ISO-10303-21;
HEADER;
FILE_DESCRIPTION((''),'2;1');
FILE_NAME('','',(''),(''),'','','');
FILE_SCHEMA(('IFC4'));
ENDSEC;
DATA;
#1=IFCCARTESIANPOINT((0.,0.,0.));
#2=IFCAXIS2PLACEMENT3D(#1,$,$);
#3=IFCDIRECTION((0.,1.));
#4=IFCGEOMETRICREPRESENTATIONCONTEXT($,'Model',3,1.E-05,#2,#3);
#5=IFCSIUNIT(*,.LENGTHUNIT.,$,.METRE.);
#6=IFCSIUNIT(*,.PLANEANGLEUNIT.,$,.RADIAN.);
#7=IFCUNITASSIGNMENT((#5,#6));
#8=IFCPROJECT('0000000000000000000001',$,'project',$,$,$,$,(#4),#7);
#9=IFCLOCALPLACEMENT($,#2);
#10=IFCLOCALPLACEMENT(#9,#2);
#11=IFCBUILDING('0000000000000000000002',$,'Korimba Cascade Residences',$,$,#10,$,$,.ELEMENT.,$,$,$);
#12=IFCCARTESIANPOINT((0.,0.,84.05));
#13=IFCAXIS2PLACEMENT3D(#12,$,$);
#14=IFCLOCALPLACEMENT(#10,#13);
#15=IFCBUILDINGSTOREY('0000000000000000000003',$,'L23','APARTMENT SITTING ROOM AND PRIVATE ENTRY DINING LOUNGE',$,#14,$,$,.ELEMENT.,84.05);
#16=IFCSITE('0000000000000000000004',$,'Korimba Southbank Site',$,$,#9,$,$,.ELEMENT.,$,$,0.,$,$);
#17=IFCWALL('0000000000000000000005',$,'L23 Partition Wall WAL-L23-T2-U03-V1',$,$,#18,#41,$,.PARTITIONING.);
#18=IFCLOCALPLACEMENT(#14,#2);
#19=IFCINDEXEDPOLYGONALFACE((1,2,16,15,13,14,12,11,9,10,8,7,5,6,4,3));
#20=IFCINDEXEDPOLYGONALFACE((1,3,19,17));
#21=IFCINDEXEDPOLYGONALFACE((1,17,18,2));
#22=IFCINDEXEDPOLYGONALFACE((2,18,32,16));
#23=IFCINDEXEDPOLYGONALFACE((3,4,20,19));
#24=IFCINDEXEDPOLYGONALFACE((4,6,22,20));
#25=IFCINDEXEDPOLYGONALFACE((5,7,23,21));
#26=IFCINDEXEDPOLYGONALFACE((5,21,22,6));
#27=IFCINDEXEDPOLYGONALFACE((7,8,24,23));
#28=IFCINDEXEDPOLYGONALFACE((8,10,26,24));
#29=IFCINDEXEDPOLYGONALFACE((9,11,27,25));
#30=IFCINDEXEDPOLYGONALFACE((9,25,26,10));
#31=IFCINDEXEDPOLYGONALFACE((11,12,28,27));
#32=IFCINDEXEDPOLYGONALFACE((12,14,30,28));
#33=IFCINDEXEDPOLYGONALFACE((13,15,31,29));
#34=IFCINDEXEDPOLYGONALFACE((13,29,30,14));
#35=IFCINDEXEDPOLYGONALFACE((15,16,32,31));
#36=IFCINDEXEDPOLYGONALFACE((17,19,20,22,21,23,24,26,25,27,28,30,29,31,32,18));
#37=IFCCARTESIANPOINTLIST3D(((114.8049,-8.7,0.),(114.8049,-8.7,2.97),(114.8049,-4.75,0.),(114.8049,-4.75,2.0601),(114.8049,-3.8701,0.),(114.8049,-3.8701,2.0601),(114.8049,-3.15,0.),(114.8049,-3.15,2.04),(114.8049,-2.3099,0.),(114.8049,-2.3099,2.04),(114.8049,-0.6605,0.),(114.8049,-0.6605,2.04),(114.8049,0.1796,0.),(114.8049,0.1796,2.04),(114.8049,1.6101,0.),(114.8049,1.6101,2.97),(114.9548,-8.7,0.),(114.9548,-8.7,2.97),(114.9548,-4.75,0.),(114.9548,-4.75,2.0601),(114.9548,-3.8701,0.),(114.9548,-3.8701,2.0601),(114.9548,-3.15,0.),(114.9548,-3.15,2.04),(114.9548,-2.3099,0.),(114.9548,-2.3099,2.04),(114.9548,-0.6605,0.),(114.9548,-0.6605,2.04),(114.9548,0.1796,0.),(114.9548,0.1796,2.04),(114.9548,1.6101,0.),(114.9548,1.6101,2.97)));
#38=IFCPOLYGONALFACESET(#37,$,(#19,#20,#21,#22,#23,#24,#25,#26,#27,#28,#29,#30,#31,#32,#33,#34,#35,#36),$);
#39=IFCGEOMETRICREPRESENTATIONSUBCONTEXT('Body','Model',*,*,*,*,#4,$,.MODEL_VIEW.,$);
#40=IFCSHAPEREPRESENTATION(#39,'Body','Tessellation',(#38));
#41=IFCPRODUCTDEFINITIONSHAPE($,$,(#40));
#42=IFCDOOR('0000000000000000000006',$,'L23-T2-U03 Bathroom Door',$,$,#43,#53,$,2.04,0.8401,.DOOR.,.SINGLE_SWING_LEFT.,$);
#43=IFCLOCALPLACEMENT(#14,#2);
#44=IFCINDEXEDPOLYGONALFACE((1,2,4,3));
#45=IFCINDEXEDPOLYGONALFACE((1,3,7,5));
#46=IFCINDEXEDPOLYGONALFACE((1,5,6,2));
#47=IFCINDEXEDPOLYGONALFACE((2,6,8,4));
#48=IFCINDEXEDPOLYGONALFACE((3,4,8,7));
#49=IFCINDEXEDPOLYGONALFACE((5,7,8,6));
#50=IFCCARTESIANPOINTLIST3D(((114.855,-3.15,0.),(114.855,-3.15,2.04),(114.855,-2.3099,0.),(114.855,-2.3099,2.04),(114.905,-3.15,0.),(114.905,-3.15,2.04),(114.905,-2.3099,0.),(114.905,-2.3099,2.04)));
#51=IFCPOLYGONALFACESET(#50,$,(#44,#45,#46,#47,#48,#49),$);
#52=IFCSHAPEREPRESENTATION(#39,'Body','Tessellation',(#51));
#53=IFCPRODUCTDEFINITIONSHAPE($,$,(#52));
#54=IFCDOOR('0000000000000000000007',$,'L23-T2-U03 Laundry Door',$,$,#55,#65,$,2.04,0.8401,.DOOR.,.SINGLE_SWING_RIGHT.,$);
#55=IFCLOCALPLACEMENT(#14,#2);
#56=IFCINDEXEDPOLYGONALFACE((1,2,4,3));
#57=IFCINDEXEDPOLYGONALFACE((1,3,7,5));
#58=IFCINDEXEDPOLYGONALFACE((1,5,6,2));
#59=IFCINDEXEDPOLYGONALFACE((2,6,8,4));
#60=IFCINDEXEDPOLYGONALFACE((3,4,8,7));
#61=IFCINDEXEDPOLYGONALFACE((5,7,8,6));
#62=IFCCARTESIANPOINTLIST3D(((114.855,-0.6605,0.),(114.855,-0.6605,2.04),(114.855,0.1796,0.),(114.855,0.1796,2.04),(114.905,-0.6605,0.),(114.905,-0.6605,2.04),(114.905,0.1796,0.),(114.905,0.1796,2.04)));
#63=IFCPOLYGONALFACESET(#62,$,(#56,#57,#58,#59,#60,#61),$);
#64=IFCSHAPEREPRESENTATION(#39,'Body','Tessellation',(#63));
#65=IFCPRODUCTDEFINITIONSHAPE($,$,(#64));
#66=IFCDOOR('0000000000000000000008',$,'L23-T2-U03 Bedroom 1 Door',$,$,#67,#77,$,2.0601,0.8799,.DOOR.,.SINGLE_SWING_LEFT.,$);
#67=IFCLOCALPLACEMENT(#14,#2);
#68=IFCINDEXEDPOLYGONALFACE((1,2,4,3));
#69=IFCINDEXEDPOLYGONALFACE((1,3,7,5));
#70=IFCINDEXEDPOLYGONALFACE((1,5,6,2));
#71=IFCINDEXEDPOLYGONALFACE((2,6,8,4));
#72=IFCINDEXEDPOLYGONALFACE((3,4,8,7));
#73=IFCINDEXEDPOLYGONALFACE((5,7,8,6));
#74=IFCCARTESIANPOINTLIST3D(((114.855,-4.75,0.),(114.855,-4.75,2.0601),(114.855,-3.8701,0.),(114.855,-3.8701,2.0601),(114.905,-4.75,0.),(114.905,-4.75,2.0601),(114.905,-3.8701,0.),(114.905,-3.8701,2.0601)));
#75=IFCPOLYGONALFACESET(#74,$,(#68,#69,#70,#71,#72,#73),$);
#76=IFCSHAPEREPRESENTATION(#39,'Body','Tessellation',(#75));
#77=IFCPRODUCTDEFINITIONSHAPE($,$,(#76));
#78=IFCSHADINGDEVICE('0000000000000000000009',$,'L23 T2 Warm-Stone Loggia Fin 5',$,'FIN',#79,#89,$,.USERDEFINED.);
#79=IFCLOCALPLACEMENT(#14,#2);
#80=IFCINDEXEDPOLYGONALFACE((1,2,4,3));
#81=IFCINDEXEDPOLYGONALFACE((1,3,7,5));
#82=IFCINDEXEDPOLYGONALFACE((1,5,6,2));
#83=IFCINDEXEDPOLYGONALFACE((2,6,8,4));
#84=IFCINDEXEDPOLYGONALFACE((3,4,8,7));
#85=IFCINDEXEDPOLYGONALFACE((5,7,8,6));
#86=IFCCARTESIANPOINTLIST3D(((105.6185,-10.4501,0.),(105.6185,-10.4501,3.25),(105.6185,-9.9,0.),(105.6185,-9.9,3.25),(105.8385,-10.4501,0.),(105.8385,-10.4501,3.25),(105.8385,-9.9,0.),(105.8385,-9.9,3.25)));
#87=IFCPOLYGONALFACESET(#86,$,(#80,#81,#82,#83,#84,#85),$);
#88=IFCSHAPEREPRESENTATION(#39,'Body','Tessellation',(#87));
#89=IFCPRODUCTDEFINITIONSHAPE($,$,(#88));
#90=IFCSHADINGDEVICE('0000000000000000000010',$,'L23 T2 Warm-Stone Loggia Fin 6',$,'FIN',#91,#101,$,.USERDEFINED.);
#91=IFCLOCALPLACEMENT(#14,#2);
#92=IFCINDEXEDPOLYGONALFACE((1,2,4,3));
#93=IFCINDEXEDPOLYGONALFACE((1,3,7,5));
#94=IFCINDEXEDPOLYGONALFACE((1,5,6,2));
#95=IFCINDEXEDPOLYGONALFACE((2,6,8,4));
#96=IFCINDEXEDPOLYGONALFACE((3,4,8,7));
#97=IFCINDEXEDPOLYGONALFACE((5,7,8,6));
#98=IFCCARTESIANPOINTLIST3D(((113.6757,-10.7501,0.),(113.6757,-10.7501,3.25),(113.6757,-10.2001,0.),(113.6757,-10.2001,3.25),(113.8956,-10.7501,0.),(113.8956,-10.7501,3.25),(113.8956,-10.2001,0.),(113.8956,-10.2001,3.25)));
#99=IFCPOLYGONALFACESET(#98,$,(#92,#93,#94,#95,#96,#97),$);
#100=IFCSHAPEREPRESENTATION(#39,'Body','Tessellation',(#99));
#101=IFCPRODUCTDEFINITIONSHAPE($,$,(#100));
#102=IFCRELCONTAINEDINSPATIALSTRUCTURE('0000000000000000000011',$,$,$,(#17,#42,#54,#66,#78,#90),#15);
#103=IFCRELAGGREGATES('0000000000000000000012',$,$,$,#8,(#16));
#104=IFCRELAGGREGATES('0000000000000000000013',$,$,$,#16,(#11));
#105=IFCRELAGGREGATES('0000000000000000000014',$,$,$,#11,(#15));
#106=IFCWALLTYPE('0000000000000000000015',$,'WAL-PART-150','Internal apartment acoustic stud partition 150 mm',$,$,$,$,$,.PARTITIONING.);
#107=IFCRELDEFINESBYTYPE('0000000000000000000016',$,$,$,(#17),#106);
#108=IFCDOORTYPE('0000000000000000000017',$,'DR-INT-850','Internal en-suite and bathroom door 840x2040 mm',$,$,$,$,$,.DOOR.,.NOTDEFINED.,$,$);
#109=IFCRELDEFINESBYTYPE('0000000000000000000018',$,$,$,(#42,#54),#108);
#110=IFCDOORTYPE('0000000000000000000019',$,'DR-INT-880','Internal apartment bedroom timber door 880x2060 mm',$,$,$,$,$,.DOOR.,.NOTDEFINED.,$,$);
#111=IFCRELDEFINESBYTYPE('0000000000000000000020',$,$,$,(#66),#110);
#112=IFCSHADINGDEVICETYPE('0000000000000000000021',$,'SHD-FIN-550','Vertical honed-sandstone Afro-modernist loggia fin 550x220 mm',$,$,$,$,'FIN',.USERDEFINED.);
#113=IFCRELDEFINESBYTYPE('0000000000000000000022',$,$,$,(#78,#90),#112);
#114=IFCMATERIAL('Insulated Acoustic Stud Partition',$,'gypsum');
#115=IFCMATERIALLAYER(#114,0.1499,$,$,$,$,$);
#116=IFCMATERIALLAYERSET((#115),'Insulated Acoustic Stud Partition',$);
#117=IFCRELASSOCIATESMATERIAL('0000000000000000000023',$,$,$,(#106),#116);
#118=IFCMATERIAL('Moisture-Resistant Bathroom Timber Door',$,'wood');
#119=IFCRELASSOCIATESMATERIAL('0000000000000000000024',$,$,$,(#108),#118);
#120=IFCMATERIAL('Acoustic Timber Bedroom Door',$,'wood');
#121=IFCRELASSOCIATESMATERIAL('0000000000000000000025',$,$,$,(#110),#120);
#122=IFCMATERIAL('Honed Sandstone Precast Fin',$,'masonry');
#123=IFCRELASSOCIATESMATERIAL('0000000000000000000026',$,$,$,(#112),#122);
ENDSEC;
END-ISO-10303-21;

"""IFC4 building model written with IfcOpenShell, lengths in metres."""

from ifc_helpers import new_model, si_unit, direction, frame, frame_2d, origin, origin_2d, place, context, subcontext, project, spatial, rectangle, extrude, material, layer, layer_set, type_object, element, fill, save


model = new_model("IFC4")

# Units and contexts
model_context = context("Model", 3, precision=1e-05, world=origin(), true_north=direction((0.0, 1.0)))
body_context = subcontext(model_context, "Body", "Model", "MODEL_VIEW")
ifc_project = project(units=[si_unit("LENGTHUNIT", "METRE"), si_unit("PLANEANGLEUNIT", "RADIAN")], contexts=[model_context])

# Site, building, storey
site_placement = place(None, origin())
site = spatial("IfcSite", under=ifc_project, at=site_placement, Name="Korimba Southbank Site", CompositionType="ELEMENT", RefElevation=0.0)
building_placement = place(site_placement, origin())
building = spatial("IfcBuilding", under=site, at=building_placement, Name="Korimba Cascade Residences", CompositionType="ELEMENT")
storey_placement = place(building_placement, frame((0.0, 0.0, 84.05)))
storey = spatial("IfcBuildingStorey", under=building, at=storey_placement, Name="L23", Description="APARTMENT SITTING ROOM AND PRIVATE ENTRY DINING LOUNGE", CompositionType="ELEMENT", Elevation=84.05)

# Shared definitions
ifc_material_1 = material(Name="Insulated Acoustic Stud Partition", Category="gypsum")
ifc_layer = layer(ifc_material_1, 0.1499)
ifc_layer_set = layer_set([ifc_layer], Name="Insulated Acoustic Stud Partition")
wall_type = type_object("IfcWallType", Name="WAL-PART-150", Description="Internal apartment acoustic stud partition 150 mm", PredefinedType="PARTITIONING", material=ifc_layer_set)
ifc_material_2 = material(Name="Moisture-Resistant Bathroom Timber Door", Category="wood")
door_type_1 = type_object("IfcDoorType", Name="DR-INT-850", Description="Internal en-suite and bathroom door 840x2040 mm", OperationType="NOTDEFINED", PredefinedType="DOOR", material=ifc_material_2)
ifc_material_3 = material(Name="Acoustic Timber Bedroom Door", Category="wood")
door_type_2 = type_object("IfcDoorType", Name="DR-INT-880", Description="Internal apartment bedroom timber door 880x2060 mm", OperationType="NOTDEFINED", PredefinedType="DOOR", material=ifc_material_3)

# Wall, openings, doors
wall_1_placement = place(storey_placement, frame((114.8799, -8.7, 0.0), z_axis=(0.0, 0.0, 1.0), x_axis=(0.0, 1.0, 0.0)))
wall_1 = element("IfcWall", 1, at=wall_1_placement, inside=storey, type_object=wall_type, Name="L23 Partition Wall WAL-L23-T2-U03-V1", PredefinedType="PARTITIONING", context=body_context, shape_type="SweptSolid", body=[
    extrude(rectangle(XDim=10.3101, YDim=0.1499, at=frame_2d((5.155, 0.0))), origin(), (0.0, 0.0, 1.0), 2.97),
])
opening_1_placement = place(wall_1_placement, frame((5.55, 0.0, 0.0)))
opening_1 = element("IfcOpeningElement", 2, at=opening_1_placement, cuts=wall_1, PredefinedType="OPENING", context=body_context, shape_type="SweptSolid", body=[
    extrude(rectangle(XDim=0.8401, YDim=2.04, at=frame_2d((0.4199, 1.02))), frame((0.0, 0.085, 0.0), z_axis=(0.0, -1.0, 0.0), x_axis=(1.0, 0.0, 0.0)), (0.0, 0.0, 1.0), 0.1699),
])
opening_2_placement = place(wall_1_placement, frame((8.0396, 0.0, 0.0)))
opening_2 = element("IfcOpeningElement", 3, at=opening_2_placement, cuts=wall_1, PredefinedType="OPENING", context=body_context, shape_type="SweptSolid", body=[
    extrude(rectangle(XDim=0.8401, YDim=2.04, at=frame_2d((0.4199, 1.02))), frame((0.0, 0.085, 0.0), z_axis=(0.0, -1.0, 0.0), x_axis=(1.0, 0.0, 0.0)), (0.0, 0.0, 1.0), 0.1699),
])
opening_3_placement = place(wall_1_placement, frame((3.95, 0.0, 0.0)))
opening_3 = element("IfcOpeningElement", 4, at=opening_3_placement, cuts=wall_1, PredefinedType="OPENING", context=body_context, shape_type="SweptSolid", body=[
    extrude(rectangle(XDim=0.8799, YDim=2.0601, at=frame_2d((0.4399, 1.03))), frame((0.0, 0.085, 0.0), z_axis=(0.0, -1.0, 0.0), x_axis=(1.0, 0.0, 0.0)), (0.0, 0.0, 1.0), 0.1699),
])
door_1_placement = place(opening_1_placement, origin())
door_1 = element("IfcDoor", 5, at=door_1_placement, inside=storey, type_object=door_type_1, Name="L23-T2-U03 Bathroom Door", OperationType="SINGLE_SWING_LEFT", OverallHeight=2.04, OverallWidth=0.8401, PredefinedType="DOOR", context=body_context, shape_type="SweptSolid", body=[
    extrude(rectangle(XDim=0.8401, YDim=2.04, at=frame_2d((0.4199, 1.02))), frame((0.0, 0.0249, 0.0), z_axis=(0.0, -1.0, 0.0), x_axis=(1.0, 0.0, 0.0)), (0.0, 0.0, 1.0), 0.05),
])
fill(opening_1, door_1)
door_2_placement = place(opening_2_placement, origin())
door_2 = element("IfcDoor", 6, at=door_2_placement, inside=storey, type_object=door_type_1, Name="L23-T2-U03 Laundry Door", OperationType="SINGLE_SWING_RIGHT", OverallHeight=2.04, OverallWidth=0.8401, PredefinedType="DOOR", context=body_context, shape_type="SweptSolid", body=[
    extrude(rectangle(XDim=0.8401, YDim=2.04, at=frame_2d((0.4199, 1.02))), frame((0.0, 0.0249, 0.0), z_axis=(0.0, -1.0, 0.0), x_axis=(1.0, 0.0, 0.0)), (0.0, 0.0, 1.0), 0.05),
])
fill(opening_2, door_2)
door_3_placement = place(opening_3_placement, origin())
door_3 = element("IfcDoor", 7, at=door_3_placement, inside=storey, type_object=door_type_2, Name="L23-T2-U03 Bedroom 1 Door", OperationType="SINGLE_SWING_LEFT", OverallHeight=2.0601, OverallWidth=0.8799, PredefinedType="DOOR", context=body_context, shape_type="SweptSolid", body=[
    extrude(rectangle(XDim=0.8799, YDim=2.0601, at=frame_2d((0.4399, 1.03))), frame((0.0, 0.0249, 0.0), z_axis=(0.0, -1.0, 0.0), x_axis=(1.0, 0.0, 0.0)), (0.0, 0.0, 1.0), 0.05),
])
fill(opening_3, door_3)

# Shading devices
ifc_material_4 = material(Name="Honed Sandstone Precast Fin", Category="masonry")
shading_device_type = type_object("IfcShadingDeviceType", Name="SHD-FIN-550", Description="Vertical honed-sandstone Afro-modernist loggia fin 550x220 mm", ElementType="FIN", PredefinedType="USERDEFINED", material=ifc_material_4)
for number, where, z_axis, x_axis, name in (
    (8, (105.7285, -10.175, 0.0), (0.0, 0.0, 1.0), (1.0, 0.0, 0.0), "L23 T2 Warm-Stone Loggia Fin 5"),
    (9, (113.7856, -10.4751, 0.0), (0.0, 0.0, 1.0), (1.0, 0.0, 0.0), "L23 T2 Warm-Stone Loggia Fin 6"),
):
    element("IfcShadingDevice", number, at=place(storey_placement, frame(where, z_axis=z_axis, x_axis=x_axis)), inside=storey, type_object=shading_device_type, Name=name, ObjectType="FIN", PredefinedType="USERDEFINED", context=body_context, shape_type="SweptSolid", body=[
        extrude(rectangle(XDim=0.22, YDim=0.55, at=origin_2d()), origin(), (0.0, 0.0, 1.0), 3.25),
    ])

save(model, "model.ifc")
